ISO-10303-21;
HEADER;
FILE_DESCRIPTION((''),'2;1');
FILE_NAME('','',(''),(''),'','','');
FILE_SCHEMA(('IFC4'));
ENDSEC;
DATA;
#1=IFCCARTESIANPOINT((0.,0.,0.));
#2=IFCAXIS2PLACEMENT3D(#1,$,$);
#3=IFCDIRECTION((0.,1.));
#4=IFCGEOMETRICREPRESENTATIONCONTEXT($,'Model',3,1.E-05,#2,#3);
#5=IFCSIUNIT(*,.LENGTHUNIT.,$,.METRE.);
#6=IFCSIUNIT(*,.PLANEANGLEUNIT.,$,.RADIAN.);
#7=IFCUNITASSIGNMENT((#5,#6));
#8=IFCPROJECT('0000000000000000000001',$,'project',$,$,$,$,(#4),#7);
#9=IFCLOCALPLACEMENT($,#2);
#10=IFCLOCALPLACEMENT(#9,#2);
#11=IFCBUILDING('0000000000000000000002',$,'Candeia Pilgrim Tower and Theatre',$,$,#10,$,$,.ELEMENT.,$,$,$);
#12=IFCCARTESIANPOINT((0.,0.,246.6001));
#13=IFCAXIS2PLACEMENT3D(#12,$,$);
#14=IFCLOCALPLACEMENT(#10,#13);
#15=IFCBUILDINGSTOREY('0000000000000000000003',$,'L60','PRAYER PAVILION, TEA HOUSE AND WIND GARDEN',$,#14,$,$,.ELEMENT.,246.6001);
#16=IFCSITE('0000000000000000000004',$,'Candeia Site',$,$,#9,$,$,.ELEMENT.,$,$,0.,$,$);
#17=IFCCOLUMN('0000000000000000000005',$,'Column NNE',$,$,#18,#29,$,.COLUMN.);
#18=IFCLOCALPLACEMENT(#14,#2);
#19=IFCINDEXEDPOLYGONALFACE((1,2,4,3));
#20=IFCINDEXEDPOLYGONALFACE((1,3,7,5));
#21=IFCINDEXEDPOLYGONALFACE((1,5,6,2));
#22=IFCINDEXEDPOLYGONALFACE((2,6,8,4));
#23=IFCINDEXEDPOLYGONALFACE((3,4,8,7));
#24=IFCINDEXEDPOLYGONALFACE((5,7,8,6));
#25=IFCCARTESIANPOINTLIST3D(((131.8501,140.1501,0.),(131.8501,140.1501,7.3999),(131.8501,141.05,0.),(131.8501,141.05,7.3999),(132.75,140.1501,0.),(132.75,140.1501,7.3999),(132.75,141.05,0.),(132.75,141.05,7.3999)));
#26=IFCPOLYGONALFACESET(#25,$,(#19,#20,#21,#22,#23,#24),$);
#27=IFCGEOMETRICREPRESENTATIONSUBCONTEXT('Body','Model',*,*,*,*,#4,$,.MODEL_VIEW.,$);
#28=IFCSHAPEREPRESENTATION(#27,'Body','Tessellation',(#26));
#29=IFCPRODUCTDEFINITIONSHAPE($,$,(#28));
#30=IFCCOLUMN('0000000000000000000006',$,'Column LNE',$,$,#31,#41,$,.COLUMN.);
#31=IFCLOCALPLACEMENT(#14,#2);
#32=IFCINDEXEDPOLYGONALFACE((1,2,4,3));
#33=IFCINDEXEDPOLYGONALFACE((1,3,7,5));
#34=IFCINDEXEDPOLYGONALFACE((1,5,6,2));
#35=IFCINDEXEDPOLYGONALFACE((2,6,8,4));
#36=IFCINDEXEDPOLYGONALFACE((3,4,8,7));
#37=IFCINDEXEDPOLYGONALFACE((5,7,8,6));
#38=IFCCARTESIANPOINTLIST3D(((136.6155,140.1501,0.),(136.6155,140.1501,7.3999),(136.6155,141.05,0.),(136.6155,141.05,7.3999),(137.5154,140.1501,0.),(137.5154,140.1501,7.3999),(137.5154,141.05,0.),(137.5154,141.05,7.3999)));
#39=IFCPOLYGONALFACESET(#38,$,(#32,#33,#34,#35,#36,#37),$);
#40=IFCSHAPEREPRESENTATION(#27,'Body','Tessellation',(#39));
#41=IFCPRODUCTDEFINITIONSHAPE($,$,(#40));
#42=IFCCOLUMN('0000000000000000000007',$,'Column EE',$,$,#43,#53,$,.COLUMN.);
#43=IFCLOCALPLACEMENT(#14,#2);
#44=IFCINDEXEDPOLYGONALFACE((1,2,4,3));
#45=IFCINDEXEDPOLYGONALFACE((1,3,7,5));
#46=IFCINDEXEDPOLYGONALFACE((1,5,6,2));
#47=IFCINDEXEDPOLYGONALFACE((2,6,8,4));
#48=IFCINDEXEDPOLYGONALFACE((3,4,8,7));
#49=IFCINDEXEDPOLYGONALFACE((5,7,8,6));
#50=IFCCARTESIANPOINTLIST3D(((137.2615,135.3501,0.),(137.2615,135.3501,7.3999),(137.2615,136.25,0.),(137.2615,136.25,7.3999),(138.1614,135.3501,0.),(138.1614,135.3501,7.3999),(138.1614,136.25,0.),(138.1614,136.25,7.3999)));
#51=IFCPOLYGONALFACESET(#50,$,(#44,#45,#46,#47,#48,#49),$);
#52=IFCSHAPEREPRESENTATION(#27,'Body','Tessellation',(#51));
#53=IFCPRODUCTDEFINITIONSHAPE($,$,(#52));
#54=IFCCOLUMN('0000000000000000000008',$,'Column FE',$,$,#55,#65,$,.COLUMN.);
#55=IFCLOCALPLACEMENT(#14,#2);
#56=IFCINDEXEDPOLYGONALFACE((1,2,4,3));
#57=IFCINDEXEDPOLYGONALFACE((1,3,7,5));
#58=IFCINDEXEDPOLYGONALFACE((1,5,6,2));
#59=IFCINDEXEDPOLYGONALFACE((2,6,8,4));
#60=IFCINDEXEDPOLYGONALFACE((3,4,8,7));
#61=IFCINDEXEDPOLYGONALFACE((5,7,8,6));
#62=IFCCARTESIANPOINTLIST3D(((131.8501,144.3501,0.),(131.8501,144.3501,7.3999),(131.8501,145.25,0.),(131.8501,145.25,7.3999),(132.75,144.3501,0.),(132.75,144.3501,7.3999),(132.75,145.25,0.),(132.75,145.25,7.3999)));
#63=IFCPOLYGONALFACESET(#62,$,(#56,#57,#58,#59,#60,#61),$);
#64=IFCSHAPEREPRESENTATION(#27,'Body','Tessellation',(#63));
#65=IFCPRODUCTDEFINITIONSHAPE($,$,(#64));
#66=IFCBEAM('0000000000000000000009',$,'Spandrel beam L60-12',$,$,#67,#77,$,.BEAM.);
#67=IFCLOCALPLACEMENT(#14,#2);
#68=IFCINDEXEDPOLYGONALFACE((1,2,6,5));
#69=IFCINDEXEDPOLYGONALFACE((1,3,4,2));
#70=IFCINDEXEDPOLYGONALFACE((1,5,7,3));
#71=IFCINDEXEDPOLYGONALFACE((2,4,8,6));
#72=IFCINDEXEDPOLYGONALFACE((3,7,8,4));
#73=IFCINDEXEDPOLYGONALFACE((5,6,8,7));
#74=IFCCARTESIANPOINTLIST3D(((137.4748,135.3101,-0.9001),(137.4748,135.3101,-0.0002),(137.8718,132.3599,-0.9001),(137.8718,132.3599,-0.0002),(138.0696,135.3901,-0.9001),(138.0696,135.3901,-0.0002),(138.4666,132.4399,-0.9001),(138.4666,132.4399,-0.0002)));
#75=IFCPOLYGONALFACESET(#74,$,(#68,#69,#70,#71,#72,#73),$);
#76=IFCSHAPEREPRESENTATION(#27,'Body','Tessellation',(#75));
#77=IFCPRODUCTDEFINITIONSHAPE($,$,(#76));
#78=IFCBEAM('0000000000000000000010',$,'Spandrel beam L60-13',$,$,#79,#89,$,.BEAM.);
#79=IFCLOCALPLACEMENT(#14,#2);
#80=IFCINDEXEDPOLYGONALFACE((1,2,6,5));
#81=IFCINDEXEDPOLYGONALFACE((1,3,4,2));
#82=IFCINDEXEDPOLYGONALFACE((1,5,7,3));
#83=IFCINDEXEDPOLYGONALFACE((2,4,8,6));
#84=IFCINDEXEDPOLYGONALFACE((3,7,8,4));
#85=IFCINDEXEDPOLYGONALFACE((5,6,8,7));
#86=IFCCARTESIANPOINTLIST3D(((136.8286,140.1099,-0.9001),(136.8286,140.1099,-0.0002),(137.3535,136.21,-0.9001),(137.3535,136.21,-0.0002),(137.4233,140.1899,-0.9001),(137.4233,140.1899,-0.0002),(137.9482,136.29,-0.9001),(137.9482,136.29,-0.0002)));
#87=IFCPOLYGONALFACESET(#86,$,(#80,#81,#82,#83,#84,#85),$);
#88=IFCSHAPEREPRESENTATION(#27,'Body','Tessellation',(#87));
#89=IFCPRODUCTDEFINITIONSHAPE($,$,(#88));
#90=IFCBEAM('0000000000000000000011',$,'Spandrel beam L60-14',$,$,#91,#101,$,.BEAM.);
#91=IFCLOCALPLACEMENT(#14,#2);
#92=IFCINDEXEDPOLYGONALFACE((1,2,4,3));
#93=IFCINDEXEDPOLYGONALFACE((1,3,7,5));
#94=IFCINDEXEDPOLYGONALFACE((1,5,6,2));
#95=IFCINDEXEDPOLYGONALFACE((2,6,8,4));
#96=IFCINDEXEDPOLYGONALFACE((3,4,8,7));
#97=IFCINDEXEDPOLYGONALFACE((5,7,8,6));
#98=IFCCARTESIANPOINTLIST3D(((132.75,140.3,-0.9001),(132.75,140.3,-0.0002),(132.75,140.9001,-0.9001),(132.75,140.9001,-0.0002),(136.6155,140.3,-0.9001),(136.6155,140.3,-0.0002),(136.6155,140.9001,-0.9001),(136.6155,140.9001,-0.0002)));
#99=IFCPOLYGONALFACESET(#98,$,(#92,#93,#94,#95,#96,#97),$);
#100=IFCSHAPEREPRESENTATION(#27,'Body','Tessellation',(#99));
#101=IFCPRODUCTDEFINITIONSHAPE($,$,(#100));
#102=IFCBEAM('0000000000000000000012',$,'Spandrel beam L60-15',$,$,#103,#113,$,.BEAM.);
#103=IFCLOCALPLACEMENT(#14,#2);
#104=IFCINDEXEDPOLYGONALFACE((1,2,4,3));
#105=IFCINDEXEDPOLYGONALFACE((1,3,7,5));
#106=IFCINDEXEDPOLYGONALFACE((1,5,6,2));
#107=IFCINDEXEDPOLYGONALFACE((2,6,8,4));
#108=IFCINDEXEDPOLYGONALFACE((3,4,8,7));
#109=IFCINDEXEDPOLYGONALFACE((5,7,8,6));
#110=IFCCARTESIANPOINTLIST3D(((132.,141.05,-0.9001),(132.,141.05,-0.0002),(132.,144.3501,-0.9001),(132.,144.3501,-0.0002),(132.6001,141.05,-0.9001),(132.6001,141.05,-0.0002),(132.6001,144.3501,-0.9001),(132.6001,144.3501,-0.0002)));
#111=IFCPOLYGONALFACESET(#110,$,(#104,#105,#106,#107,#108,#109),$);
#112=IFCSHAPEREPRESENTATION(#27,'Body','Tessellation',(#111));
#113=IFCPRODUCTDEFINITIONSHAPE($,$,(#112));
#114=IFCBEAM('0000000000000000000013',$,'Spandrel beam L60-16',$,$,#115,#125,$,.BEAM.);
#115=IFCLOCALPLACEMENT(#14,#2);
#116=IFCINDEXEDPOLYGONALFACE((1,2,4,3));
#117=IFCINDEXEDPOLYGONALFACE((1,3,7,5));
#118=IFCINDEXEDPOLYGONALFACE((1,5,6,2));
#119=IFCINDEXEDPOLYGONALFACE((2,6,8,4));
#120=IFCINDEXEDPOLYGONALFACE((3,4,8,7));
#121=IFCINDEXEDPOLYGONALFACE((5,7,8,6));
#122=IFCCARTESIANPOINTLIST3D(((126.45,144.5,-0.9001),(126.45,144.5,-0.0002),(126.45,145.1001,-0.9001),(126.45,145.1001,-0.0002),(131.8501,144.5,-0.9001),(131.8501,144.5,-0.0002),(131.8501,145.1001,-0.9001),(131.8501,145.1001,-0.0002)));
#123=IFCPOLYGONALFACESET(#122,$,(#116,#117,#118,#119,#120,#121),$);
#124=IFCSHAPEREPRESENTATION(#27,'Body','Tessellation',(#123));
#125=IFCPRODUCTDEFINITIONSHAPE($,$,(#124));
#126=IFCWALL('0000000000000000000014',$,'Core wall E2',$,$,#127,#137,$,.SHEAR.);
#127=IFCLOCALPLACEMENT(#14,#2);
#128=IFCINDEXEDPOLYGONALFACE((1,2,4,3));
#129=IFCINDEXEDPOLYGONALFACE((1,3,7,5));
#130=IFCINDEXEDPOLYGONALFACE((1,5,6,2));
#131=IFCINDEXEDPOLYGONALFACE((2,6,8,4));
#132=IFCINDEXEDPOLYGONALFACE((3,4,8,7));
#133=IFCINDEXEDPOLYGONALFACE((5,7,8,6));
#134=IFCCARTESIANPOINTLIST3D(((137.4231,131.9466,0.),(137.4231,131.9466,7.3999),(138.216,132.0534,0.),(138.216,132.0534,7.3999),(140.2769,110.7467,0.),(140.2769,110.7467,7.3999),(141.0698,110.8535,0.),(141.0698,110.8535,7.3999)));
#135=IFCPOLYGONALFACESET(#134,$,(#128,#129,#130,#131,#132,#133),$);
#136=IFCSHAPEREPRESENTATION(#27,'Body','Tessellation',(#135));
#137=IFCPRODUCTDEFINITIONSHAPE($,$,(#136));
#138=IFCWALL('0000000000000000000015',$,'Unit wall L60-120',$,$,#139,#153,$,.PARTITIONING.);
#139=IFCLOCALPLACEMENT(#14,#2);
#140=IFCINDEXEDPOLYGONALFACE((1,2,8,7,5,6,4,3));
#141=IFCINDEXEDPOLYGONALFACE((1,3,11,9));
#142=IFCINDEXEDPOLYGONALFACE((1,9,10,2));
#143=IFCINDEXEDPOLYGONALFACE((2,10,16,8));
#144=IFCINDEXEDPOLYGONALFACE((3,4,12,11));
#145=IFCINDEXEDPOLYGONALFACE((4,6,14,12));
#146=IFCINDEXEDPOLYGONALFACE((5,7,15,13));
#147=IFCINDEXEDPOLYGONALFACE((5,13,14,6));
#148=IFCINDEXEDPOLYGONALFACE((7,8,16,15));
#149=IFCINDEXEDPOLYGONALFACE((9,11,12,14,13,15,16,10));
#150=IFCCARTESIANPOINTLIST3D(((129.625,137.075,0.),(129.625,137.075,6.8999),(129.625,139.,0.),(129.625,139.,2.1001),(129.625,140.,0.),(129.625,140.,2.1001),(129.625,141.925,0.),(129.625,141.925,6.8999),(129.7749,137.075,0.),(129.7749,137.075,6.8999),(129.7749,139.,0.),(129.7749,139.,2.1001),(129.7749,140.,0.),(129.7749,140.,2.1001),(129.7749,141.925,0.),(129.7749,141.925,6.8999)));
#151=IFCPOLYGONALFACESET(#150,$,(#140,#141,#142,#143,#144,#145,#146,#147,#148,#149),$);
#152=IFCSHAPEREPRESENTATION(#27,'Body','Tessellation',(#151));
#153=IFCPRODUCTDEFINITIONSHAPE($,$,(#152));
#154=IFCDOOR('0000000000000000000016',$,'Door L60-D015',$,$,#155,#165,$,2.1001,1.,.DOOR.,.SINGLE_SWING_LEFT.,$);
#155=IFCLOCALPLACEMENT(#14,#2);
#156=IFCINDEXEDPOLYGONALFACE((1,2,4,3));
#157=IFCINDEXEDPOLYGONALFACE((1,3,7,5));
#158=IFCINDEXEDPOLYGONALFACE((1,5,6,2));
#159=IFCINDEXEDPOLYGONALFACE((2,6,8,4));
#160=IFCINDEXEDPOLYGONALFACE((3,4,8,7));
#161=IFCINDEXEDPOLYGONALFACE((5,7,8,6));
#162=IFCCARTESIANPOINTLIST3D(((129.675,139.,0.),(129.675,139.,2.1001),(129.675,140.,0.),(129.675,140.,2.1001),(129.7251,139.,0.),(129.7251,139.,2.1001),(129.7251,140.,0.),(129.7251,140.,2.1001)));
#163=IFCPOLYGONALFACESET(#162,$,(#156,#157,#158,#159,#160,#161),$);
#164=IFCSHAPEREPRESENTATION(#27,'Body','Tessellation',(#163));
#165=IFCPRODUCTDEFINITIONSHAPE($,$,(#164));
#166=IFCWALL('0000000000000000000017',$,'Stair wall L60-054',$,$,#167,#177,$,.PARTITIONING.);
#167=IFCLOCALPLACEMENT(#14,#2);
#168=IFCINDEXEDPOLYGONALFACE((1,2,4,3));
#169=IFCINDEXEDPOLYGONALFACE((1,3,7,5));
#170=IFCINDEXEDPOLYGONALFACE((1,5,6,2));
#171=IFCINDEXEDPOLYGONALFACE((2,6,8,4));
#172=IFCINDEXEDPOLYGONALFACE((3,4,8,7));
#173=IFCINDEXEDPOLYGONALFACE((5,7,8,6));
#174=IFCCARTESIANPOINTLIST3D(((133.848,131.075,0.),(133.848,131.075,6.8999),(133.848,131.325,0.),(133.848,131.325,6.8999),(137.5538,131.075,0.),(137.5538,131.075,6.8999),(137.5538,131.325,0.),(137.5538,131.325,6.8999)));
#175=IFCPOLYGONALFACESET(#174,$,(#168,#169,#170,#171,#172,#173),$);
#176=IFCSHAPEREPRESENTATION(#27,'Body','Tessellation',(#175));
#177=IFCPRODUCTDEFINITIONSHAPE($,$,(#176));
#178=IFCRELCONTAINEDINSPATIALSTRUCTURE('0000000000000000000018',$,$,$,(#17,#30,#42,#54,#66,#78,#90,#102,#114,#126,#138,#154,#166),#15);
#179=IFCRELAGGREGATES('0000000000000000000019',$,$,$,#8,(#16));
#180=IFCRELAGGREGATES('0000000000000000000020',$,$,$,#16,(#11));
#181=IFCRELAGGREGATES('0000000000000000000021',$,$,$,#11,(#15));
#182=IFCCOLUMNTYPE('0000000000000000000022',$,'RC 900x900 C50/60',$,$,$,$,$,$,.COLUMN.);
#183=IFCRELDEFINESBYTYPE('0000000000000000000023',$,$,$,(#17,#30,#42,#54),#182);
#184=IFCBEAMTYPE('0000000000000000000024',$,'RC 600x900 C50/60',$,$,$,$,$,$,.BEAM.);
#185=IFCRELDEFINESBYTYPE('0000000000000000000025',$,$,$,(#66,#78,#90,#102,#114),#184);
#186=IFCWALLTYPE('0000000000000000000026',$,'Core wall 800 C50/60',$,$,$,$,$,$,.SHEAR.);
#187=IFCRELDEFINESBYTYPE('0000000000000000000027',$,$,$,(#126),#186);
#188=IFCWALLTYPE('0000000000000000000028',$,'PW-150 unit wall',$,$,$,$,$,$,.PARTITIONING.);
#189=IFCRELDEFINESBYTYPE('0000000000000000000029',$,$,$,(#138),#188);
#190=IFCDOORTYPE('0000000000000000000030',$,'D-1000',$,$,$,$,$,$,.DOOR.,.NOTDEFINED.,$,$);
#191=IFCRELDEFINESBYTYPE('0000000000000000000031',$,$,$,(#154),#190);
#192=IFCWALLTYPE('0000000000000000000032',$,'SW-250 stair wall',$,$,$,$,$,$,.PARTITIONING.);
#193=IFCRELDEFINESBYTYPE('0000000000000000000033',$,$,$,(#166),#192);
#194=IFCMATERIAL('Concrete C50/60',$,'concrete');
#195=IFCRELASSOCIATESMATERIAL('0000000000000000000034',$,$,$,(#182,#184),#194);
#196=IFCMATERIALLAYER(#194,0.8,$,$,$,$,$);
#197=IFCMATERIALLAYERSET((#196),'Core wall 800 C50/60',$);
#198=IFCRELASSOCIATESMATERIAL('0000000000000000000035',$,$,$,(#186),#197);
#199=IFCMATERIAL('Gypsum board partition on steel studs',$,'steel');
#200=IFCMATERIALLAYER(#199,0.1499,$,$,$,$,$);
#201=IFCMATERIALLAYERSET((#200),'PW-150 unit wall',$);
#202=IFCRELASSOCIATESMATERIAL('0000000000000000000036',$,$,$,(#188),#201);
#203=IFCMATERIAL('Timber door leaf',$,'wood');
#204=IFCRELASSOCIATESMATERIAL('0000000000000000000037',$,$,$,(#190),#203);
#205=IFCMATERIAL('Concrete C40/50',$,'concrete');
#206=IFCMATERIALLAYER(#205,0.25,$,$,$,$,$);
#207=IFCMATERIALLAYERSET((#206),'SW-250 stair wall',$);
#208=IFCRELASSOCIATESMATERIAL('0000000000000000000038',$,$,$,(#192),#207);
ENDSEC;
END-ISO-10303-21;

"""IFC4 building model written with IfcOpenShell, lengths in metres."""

from ifc_helpers import new_model, si_unit, direction, frame, frame_2d, origin, origin_2d, place, context, subcontext, project, spatial, rectangle, extrude, material, layer, layer_set, material_profile, profile_set, type_object, element, fill, save


model = new_model("IFC4")

# Units and contexts
model_context = context("Model", 3, precision=1e-05, world=origin(), true_north=direction((0.0, 1.0)))
body_context = subcontext(model_context, "Body", "Model", "MODEL_VIEW")
ifc_project = project(units=[si_unit("LENGTHUNIT", "METRE"), si_unit("PLANEANGLEUNIT", "RADIAN")], contexts=[model_context])

# Site, building, storey
site_placement = place(None, origin())
site = spatial("IfcSite", under=ifc_project, at=site_placement, Name="Candeia Site", CompositionType="ELEMENT", RefElevation=0.0)
building_placement = place(site_placement, origin())
building = spatial("IfcBuilding", under=site, at=building_placement, Name="Candeia Pilgrim Tower and Theatre", CompositionType="ELEMENT")
storey_placement = place(building_placement, frame((0.0, 0.0, 246.6001)))
storey = spatial("IfcBuildingStorey", under=building, at=storey_placement, Name="L60", Description="PRAYER PAVILION, TEA HOUSE AND WIND GARDEN", CompositionType="ELEMENT", Elevation=246.6001)

# Columns
ifc_material_1 = material(Name="Concrete C50/60", Category="concrete")
ifc_material_profile_1 = material_profile(ifc_material_1, rectangle(XDim=0.8999, YDim=0.8999, at=origin_2d()))
ifc_profile_set_1 = profile_set([ifc_material_profile_1], Name="Concrete C50/60")
column_type = type_object("IfcColumnType", Name="RC 900x900 C50/60", PredefinedType="COLUMN", material=ifc_profile_set_1)
for number, where, z_axis, x_axis, name in (
    (1, (132.3, 140.6001, 0.0), (0.0, 0.0, 1.0), (1.0, 0.0, 0.0), "Column NNE"),
    (2, (137.0654, 140.6001, 0.0), (0.0, 0.0, 1.0), (1.0, 0.0, 0.0), "Column LNE"),
    (3, (137.7114, 135.8, 0.0), (0.0, 0.0, 1.0), (1.0, 0.0, 0.0), "Column EE"),
    (4, (132.3, 144.8, 0.0), (0.0, 0.0, 1.0), (1.0, 0.0, 0.0), "Column FE"),
):
    element("IfcColumn", number, at=place(storey_placement, frame(where, z_axis=z_axis, x_axis=x_axis)), inside=storey, type_object=column_type, Name=name, PredefinedType="COLUMN", context=body_context, shape_type="SweptSolid", body=[
        extrude(rectangle(XDim=0.8999, YDim=0.8999, at=origin_2d()), origin(), (0.0, 0.0, 1.0), 7.3999),
    ])

# Beams
ifc_material_profile_2 = material_profile(ifc_material_1, rectangle(XDim=0.6001, YDim=0.8999, at=origin_2d()))
ifc_profile_set_2 = profile_set([ifc_material_profile_2], Name="Concrete C50/60")
beam_type = type_object("IfcBeamType", Name="RC 600x900 C50/60", PredefinedType="BEAM", material=ifc_profile_set_2)
beam_1_placement = place(storey_placement, frame((138.1692, 132.3999, -0.4502), z_axis=(-0.133356, 0.991068, 0.0), x_axis=(-0.991068, -0.133356, 0.0)))
element("IfcBeam", 5, at=beam_1_placement, inside=storey, type_object=beam_type, Name="Spandrel beam L60-12", PredefinedType="BEAM", context=body_context, shape_type="SweptSolid", body=[
    extrude(rectangle(XDim=0.6001, YDim=0.8999, at=origin_2d()), origin(), (0.0, 0.0, 1.0), 2.9768),
])
beam_2_placement = place(storey_placement, frame((137.6509, 136.25, -0.4502), z_axis=(-0.133391, 0.991064, 0.0), x_axis=(-0.991064, -0.133391, 0.0)))
element("IfcBeam", 6, at=beam_2_placement, inside=storey, type_object=beam_type, Name="Spandrel beam L60-13", PredefinedType="BEAM", context=body_context, shape_type="SweptSolid", body=[
    extrude(rectangle(XDim=0.6001, YDim=0.8999, at=origin_2d()), origin(), (0.0, 0.0, 1.0), 3.9351),
])
beam_3_placement = place(storey_placement, frame((136.6155, 140.6001, -0.4502), z_axis=(-1.0, 0.0, 0.0), x_axis=(0.0, -1.0, 0.0)))
element("IfcBeam", 7, at=beam_3_placement, inside=storey, type_object=beam_type, Name="Spandrel beam L60-14", PredefinedType="BEAM", context=body_context, shape_type="SweptSolid", body=[
    extrude(rectangle(XDim=0.6001, YDim=0.8999, at=origin_2d()), origin(), (0.0, 0.0, 1.0), 3.8655),
])
beam_4_placement = place(storey_placement, frame((132.3, 141.05, -0.4502), z_axis=(0.0, 1.0, 0.0), x_axis=(-1.0, 0.0, 0.0)))
element("IfcBeam", 8, at=beam_4_placement, inside=storey, type_object=beam_type, Name="Spandrel beam L60-15", PredefinedType="BEAM", context=body_context, shape_type="SweptSolid", body=[
    extrude(rectangle(XDim=0.6001, YDim=0.8999, at=origin_2d()), origin(), (0.0, 0.0, 1.0), 3.3),
])
beam_5_placement = place(storey_placement, frame((131.8501, 144.8, -0.4502), z_axis=(-1.0, 0.0, 0.0), x_axis=(0.0, -1.0, 0.0)))
element("IfcBeam", 9, at=beam_5_placement, inside=storey, type_object=beam_type, Name="Spandrel beam L60-16", PredefinedType="BEAM", context=body_context, shape_type="SweptSolid", body=[
    extrude(rectangle(XDim=0.6001, YDim=0.8999, at=origin_2d()), origin(), (0.0, 0.0, 1.0), 5.4001),
])

# Wall
ifc_layer_1 = layer(ifc_material_1, 0.8)
ifc_layer_set_1 = layer_set([ifc_layer_1], Name="Core wall 800 C50/60")
wall_type_1 = type_object("IfcWallType", Name="Core wall 800 C50/60", PredefinedType="SHEAR", material=ifc_layer_set_1)
wall_1_placement = place(storey_placement, frame((137.8196, 132.0, 0.0), z_axis=(0.0, 0.0, 1.0), x_axis=(0.133408, -0.991061, 0.0)))
element("IfcWall", 10, at=wall_1_placement, inside=storey, type_object=wall_type_1, Name="Core wall E2", PredefinedType="SHEAR", context=body_context, shape_type="SweptSolid", body=[
    extrude(rectangle(XDim=21.3911, YDim=0.8, at=frame_2d((10.6956, 0.0))), origin(), (0.0, 0.0, 1.0), 7.3999),
])

# Wall, opening, door
ifc_material_2 = material(Name="Gypsum board partition on steel studs", Category="steel")
ifc_layer_2 = layer(ifc_material_2, 0.1499)
ifc_layer_set_2 = layer_set([ifc_layer_2], Name="PW-150 unit wall")
wall_type_2 = type_object("IfcWallType", Name="PW-150 unit wall", PredefinedType="PARTITIONING", material=ifc_layer_set_2)
wall_2_placement = place(storey_placement, frame((129.7, 137.075, 0.0), z_axis=(0.0, 0.0, 1.0), x_axis=(0.0, 1.0, 0.0)))
wall_2 = element("IfcWall", 11, at=wall_2_placement, inside=storey, type_object=wall_type_2, Name="Unit wall L60-120", PredefinedType="PARTITIONING", context=body_context, shape_type="SweptSolid", body=[
    extrude(rectangle(XDim=4.8501, YDim=0.1499, at=frame_2d((2.425, 0.0))), origin(), (0.0, 0.0, 1.0), 6.8999),
])
opening_placement = place(wall_2_placement, frame((1.925, 0.0, 0.0)))
opening = element("IfcOpeningElement", 12, at=opening_placement, cuts=wall_2, PredefinedType="OPENING", context=body_context, shape_type="SweptSolid", body=[
    extrude(rectangle(XDim=1.0, YDim=2.1001, at=frame_2d((0.5, 1.05))), frame((0.0, 0.085, 0.0), z_axis=(0.0, -1.0, 0.0), x_axis=(1.0, 0.0, 0.0)), (0.0, 0.0, 1.0), 0.1699),
])
ifc_material_3 = material(Name="Timber door leaf", Category="wood")
door_type = type_object("IfcDoorType", Name="D-1000", OperationType="NOTDEFINED", PredefinedType="DOOR", material=ifc_material_3)
door_placement = place(opening_placement, origin())
door = element("IfcDoor", 13, at=door_placement, inside=storey, type_object=door_type, Name="Door L60-D015", OperationType="SINGLE_SWING_LEFT", OverallHeight=2.1001, OverallWidth=1.0, PredefinedType="DOOR", context=body_context, shape_type="SweptSolid", body=[
    extrude(rectangle(XDim=1.0, YDim=2.1001, at=frame_2d((0.5, 1.05))), frame((0.0, 0.0249, 0.0), z_axis=(0.0, -1.0, 0.0), x_axis=(1.0, 0.0, 0.0)), (0.0, 0.0, 1.0), 0.05),
])
fill(opening, door)

# Wall
ifc_material_4 = material(Name="Concrete C40/50", Category="concrete")
ifc_layer_3 = layer(ifc_material_4, 0.25)
ifc_layer_set_3 = layer_set([ifc_layer_3], Name="SW-250 stair wall")
wall_type_3 = type_object("IfcWallType", Name="SW-250 stair wall", PredefinedType="PARTITIONING", material=ifc_layer_set_3)
wall_3_placement = place(storey_placement, frame((133.8479, 131.2, 0.0), z_axis=(0.0, 0.0, 1.0), x_axis=(1.0, 0.0, 0.0)))
element("IfcWall", 14, at=wall_3_placement, inside=storey, type_object=wall_type_3, Name="Stair wall L60-054", PredefinedType="PARTITIONING", context=body_context, shape_type="SweptSolid", body=[
    extrude(rectangle(XDim=3.7058, YDim=0.25, at=frame_2d((1.853, 0.0))), origin(), (0.0, 0.0, 1.0), 6.8999),
])

save(model, "model.ifc")
